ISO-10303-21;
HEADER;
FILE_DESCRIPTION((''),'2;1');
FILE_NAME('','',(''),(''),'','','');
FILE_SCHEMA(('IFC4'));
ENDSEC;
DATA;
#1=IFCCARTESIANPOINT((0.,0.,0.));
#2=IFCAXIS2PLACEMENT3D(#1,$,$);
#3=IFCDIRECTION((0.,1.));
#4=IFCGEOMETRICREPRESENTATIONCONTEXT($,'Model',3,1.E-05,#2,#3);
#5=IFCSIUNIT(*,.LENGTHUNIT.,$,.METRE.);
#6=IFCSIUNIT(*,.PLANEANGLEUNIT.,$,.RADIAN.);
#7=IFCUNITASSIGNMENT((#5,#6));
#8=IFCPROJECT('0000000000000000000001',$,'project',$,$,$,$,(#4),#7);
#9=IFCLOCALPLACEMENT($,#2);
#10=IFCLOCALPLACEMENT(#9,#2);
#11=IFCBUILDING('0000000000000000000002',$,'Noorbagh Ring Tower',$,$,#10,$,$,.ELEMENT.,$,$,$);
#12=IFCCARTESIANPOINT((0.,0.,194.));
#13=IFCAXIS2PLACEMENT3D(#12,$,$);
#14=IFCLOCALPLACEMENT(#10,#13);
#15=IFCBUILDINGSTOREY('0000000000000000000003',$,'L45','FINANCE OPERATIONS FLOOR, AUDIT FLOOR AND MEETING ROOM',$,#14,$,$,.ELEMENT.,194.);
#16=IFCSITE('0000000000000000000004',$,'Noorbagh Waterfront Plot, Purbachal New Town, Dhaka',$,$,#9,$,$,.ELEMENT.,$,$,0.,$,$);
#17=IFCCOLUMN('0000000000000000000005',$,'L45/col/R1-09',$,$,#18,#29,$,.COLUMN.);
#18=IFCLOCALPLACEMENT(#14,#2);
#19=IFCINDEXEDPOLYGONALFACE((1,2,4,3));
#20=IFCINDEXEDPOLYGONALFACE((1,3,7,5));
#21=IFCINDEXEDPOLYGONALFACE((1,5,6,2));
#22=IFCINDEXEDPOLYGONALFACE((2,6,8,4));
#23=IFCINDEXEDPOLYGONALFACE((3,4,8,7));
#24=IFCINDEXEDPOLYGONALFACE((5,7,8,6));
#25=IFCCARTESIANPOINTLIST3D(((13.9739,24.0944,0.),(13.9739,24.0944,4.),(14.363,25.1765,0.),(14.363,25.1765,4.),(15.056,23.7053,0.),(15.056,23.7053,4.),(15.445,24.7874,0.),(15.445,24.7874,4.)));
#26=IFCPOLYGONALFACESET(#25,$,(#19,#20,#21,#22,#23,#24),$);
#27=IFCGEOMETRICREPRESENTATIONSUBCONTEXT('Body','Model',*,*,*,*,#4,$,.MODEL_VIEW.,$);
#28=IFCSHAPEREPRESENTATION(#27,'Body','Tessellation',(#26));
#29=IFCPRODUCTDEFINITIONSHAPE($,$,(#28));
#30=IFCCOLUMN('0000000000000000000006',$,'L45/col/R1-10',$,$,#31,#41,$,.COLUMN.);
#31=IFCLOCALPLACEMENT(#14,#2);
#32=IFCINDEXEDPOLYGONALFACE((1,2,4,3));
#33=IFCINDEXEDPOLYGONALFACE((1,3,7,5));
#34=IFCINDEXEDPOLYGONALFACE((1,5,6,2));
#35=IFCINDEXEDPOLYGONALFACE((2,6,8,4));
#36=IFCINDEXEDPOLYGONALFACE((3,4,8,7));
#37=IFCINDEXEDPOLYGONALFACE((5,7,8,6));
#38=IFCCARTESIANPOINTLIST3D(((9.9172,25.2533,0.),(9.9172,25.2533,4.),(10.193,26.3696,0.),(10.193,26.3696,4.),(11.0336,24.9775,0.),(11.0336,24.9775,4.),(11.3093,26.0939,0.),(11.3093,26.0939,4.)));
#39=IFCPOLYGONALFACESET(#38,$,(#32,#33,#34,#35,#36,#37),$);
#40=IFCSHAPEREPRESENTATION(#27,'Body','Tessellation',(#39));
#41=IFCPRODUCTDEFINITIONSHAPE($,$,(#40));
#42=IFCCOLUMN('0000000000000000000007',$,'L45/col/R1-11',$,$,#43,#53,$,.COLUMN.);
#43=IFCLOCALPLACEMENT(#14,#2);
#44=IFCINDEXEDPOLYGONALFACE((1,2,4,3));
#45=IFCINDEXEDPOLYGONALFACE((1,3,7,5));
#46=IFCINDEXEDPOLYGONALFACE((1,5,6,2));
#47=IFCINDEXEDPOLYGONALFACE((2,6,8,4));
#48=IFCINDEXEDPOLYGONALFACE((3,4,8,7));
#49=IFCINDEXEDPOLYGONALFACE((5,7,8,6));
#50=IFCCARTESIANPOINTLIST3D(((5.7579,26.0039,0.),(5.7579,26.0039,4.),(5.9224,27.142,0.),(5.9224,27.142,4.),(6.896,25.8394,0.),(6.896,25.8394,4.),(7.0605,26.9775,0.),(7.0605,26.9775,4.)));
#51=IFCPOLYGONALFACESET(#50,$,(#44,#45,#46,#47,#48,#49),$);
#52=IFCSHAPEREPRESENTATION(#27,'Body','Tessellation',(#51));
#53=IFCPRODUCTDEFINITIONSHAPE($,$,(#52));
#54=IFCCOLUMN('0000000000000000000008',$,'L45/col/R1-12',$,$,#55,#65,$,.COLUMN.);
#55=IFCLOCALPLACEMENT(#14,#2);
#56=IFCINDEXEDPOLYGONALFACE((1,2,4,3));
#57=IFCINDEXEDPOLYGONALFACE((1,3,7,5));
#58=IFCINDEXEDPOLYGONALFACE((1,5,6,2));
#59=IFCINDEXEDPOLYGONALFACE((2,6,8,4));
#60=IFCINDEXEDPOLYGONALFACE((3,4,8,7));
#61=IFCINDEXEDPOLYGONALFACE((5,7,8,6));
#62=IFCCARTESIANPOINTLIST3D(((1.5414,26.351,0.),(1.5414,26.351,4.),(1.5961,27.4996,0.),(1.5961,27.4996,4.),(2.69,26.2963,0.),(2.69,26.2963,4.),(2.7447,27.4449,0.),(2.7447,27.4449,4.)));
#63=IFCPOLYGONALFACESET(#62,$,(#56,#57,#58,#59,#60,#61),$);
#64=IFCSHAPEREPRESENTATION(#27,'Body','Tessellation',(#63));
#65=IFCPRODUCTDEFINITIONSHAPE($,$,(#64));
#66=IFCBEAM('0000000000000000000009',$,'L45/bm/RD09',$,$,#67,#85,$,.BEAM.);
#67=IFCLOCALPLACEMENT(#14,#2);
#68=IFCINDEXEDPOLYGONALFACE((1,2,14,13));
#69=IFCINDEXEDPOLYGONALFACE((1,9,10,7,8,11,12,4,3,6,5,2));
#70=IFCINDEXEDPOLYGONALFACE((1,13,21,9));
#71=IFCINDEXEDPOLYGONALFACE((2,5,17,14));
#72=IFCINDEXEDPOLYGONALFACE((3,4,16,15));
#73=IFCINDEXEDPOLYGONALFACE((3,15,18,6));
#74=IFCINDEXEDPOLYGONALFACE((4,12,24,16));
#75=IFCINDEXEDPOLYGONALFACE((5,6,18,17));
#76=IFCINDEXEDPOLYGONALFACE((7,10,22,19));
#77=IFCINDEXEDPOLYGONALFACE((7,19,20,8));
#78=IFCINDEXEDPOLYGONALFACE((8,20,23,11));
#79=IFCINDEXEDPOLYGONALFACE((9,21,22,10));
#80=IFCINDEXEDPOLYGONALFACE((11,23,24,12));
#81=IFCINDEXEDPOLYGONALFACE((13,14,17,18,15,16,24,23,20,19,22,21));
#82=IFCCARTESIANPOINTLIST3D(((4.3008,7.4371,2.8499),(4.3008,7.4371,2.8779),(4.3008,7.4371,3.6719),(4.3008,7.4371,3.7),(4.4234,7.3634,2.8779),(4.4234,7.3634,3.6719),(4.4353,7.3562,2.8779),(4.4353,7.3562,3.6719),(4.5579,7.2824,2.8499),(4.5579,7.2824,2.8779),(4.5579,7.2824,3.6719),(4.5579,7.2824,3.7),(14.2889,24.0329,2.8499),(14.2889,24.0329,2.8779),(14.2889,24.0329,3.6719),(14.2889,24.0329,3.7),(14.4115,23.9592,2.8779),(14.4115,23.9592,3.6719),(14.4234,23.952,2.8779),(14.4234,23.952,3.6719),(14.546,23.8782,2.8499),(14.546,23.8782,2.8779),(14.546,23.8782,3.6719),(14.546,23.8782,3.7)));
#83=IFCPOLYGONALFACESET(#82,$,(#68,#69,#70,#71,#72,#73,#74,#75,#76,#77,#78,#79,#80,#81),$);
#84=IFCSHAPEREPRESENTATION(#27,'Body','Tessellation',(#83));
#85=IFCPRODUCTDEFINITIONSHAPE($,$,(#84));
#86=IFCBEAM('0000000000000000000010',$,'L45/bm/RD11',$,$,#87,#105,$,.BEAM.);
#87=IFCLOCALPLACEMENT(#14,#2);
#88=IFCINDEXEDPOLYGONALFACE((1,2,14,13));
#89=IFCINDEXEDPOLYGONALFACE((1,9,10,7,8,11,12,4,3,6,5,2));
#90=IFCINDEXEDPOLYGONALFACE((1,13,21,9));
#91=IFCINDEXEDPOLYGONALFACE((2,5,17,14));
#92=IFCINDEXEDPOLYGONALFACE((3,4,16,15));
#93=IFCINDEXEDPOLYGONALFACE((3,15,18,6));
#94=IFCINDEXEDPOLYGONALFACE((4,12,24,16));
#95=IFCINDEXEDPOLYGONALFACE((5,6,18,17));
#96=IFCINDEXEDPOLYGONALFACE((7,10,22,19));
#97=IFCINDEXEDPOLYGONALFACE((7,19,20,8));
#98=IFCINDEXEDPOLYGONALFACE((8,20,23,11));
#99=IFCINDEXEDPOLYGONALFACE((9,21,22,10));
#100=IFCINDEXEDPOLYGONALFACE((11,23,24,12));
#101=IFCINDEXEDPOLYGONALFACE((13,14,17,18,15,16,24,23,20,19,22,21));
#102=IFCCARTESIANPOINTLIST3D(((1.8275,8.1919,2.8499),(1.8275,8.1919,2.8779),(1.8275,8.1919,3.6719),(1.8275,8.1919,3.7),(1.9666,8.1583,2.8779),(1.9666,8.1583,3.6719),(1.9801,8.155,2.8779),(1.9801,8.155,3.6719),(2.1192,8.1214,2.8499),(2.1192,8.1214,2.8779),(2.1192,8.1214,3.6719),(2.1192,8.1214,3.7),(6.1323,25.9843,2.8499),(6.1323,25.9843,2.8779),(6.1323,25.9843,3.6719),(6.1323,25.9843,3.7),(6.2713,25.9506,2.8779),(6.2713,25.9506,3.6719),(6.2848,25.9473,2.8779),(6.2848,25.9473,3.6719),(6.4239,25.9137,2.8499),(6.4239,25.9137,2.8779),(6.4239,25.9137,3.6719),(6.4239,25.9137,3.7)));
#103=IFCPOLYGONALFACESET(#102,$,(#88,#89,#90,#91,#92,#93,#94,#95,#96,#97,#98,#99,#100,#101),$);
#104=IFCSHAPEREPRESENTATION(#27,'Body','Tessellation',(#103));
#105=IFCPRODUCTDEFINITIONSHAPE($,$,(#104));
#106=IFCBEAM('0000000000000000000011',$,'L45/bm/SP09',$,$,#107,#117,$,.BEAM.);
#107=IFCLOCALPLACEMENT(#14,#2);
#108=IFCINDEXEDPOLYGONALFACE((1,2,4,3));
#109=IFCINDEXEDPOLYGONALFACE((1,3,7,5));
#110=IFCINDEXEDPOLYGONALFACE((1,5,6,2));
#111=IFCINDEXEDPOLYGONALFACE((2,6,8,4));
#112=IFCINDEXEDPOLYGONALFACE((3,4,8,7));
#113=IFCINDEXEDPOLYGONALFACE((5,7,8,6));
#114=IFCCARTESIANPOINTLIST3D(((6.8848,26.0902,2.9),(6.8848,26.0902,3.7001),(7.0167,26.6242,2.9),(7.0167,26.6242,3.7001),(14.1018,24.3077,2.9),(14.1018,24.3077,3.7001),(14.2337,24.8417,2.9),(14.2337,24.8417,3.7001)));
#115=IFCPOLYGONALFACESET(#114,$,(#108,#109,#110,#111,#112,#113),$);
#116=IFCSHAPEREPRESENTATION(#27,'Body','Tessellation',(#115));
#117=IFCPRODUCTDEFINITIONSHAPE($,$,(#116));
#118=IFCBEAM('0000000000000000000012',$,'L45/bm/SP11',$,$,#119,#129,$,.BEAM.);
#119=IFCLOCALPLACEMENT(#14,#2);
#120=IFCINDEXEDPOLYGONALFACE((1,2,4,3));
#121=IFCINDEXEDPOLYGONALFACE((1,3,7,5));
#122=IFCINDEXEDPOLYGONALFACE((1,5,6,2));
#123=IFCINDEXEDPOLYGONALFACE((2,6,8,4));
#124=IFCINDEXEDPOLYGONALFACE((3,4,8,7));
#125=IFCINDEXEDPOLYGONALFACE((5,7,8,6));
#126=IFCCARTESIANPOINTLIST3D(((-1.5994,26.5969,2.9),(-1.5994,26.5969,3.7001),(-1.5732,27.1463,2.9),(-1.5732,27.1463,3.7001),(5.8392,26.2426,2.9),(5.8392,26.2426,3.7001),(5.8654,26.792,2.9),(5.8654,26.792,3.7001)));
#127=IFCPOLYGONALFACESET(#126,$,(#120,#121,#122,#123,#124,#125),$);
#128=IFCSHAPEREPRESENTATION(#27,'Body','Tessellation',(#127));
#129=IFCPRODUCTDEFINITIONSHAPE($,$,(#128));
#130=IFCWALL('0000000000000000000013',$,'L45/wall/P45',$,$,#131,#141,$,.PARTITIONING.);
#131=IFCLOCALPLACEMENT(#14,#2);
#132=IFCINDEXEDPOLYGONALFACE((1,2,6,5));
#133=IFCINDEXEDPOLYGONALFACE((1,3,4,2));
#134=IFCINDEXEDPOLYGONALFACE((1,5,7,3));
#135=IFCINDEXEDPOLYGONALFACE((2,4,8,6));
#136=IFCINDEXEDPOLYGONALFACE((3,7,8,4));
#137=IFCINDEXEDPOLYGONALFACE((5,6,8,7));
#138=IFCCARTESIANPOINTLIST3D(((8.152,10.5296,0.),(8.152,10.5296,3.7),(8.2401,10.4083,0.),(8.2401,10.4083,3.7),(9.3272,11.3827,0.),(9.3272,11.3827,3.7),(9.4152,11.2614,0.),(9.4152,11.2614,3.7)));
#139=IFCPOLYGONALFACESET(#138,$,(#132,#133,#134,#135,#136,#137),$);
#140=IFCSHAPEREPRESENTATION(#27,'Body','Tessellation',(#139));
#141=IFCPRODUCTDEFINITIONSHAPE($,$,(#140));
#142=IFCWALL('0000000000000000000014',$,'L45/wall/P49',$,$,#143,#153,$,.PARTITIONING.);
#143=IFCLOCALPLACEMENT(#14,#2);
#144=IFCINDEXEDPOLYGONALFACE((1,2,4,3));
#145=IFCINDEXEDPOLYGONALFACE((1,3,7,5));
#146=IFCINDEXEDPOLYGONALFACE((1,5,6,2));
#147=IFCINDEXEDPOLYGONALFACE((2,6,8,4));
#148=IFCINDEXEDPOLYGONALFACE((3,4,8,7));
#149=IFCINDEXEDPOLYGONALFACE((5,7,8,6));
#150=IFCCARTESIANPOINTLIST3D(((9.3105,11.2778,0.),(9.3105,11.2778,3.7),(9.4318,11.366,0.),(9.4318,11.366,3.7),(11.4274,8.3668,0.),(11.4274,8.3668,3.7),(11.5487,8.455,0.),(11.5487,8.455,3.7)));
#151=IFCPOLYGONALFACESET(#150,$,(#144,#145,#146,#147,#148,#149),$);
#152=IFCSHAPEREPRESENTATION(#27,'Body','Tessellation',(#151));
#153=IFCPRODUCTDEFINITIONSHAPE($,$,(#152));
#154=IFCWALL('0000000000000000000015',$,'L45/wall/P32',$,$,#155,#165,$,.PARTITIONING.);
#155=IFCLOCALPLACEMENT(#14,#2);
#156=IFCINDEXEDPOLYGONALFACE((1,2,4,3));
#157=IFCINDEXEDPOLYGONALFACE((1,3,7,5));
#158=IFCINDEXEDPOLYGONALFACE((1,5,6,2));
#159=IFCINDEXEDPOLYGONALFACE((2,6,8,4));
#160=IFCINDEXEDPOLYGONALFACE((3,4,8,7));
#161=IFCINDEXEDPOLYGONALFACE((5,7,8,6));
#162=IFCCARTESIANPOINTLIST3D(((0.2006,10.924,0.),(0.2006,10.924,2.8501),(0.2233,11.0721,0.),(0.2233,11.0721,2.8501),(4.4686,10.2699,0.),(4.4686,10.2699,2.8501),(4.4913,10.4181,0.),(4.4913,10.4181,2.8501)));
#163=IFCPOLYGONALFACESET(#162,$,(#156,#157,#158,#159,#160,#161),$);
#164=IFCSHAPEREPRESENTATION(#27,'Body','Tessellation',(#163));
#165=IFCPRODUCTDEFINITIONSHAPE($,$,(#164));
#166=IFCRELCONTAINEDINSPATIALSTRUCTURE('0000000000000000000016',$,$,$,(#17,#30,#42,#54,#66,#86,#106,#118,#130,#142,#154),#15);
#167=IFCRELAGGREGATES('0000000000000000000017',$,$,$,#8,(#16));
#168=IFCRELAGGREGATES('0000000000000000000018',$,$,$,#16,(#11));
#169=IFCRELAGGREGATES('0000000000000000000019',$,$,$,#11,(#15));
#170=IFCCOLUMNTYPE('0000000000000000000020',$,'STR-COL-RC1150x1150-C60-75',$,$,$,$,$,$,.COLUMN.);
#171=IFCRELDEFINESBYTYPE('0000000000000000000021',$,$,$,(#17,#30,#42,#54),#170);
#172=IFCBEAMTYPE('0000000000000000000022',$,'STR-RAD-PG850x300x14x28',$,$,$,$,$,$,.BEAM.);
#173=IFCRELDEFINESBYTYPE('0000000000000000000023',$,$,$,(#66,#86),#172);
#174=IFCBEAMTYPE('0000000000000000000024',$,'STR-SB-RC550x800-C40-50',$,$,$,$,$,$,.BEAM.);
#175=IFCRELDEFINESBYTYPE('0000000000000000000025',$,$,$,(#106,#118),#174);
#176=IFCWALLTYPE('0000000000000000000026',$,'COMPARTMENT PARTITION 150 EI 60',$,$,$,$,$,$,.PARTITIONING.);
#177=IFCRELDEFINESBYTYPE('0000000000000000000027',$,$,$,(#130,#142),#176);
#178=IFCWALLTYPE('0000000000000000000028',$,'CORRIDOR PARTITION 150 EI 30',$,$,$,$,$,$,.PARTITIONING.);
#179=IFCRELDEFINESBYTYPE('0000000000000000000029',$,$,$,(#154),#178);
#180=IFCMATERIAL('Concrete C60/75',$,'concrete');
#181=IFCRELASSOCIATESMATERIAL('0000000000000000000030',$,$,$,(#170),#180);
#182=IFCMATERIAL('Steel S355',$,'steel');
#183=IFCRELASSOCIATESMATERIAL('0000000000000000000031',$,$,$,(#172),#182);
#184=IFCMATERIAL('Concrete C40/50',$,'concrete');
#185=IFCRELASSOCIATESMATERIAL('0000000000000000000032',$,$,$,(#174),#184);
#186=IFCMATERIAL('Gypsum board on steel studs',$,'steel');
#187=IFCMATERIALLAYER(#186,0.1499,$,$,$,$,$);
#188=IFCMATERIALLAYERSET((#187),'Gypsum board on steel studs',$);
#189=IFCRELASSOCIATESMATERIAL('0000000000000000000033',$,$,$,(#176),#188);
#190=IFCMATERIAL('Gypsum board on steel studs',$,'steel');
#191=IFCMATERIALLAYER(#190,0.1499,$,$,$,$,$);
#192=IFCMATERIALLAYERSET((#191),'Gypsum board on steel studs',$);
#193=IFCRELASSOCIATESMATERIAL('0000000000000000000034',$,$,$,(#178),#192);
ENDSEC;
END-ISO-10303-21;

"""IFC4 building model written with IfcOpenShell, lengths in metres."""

from ifc_helpers import new_model, si_unit, direction, frame, frame_2d, origin, origin_2d, place, context, subcontext, project, spatial, rectangle, i_section, extrude, material, layer, layer_set, material_profile, profile_set, type_object, element, save


model = new_model("IFC4")

# Units and contexts
model_context = context("Model", 3, precision=1e-05, world=origin(), true_north=direction((0.0, 1.0)))
body_context = subcontext(model_context, "Body", "Model", "MODEL_VIEW")
ifc_project = project(units=[si_unit("LENGTHUNIT", "METRE"), si_unit("PLANEANGLEUNIT", "RADIAN")], contexts=[model_context])

# Site, building, storey
site_placement = place(None, origin())
site = spatial("IfcSite", under=ifc_project, at=site_placement, Name="Noorbagh Waterfront Plot, Purbachal New Town, Dhaka", CompositionType="ELEMENT", RefElevation=0.0)
building_placement = place(site_placement, origin())
building = spatial("IfcBuilding", under=site, at=building_placement, Name="Noorbagh Ring Tower", CompositionType="ELEMENT")
storey_placement = place(building_placement, frame((0.0, 0.0, 194.0)))
storey = spatial("IfcBuildingStorey", under=building, at=storey_placement, Name="L45", Description="FINANCE OPERATIONS FLOOR, AUDIT FLOOR AND MEETING ROOM", CompositionType="ELEMENT", Elevation=194.0)

# Columns
ifc_material_1 = material(Name="Concrete C60/75", Category="concrete")
ifc_material_profile_1 = material_profile(ifc_material_1, rectangle(XDim=1.1499, YDim=1.1499, at=origin_2d()), Name="RC1150x1150")
ifc_profile_set_1 = profile_set([ifc_material_profile_1], Name="Concrete C60/75")
column_type = type_object("IfcColumnType", Name="STR-COL-RC1150x1150-C60-75", PredefinedType="COLUMN", material=ifc_profile_set_1)
for number, where, z_axis, x_axis, name in (
    (1, (14.7095, 24.4409, 0.0), (0.0, 0.0, 1.0), (-0.941025, 0.338338, 0.0), "L45/col/R1-09"),
    (2, (10.6133, 25.6736, 0.0), (0.0, 0.0, 1.0), (-0.970829, 0.239771, 0.0), "L45/col/R1-10"),
    (3, (6.4092, 26.4907, 0.0), (0.0, 0.0, 1.0), (-0.989713, 0.143066, 0.0), "L45/col/R1-11"),
    (4, (2.1431, 26.8979, 0.0), (0.0, 0.0, 1.0), (-0.998869, 0.047553, 0.0), "L45/col/R1-12"),
):
    element("IfcColumn", number, at=place(storey_placement, frame(where, z_axis=z_axis, x_axis=x_axis)), inside=storey, type_object=column_type, Name=name, PredefinedType="COLUMN", context=body_context, shape_type="SweptSolid", body=[
        extrude(rectangle(XDim=1.1499, YDim=1.1499, at=origin_2d()), origin(), (0.0, 0.0, 1.0), 4.0),
    ])

# Beams
ifc_material_2 = material(Name="Steel S355", Category="steel")
ifc_material_profile_2 = material_profile(ifc_material_2, i_section(OverallWidth=0.3, OverallDepth=0.8501, WebThickness=0.0139, FlangeThickness=0.0281, at=origin_2d()), Name="PG850x300x14x28")
ifc_profile_set_2 = profile_set([ifc_material_profile_2], Name="Steel S355")
beam_type_1 = type_object("IfcBeamType", Name="STR-RAD-PG850x300x14x28", PredefinedType="BEAM", material=ifc_profile_set_2)
beam_1_placement = place(storey_placement, frame((14.4175, 23.9556, 3.2749), z_axis=(-0.515657, -0.856795, 0.0), x_axis=(0.856795, -0.515657, 0.0)))
element("IfcBeam", 5, at=beam_1_placement, inside=storey, type_object=beam_type_1, Name="L45/bm/RD09", PredefinedType="BEAM", context=body_context, shape_type="SweptSolid", body=[
    extrude(i_section(OverallWidth=0.3, OverallDepth=0.8501, WebThickness=0.0139, FlangeThickness=0.0281, at=origin_2d()), origin(), (0.0, 0.0, 1.0), 19.3696),
])
beam_2_placement = place(storey_placement, frame((6.2781, 25.949, 3.2749), z_axis=(-0.235157, -0.971957, 0.0), x_axis=(0.971957, -0.235157, 0.0)))
element("IfcBeam", 6, at=beam_2_placement, inside=storey, type_object=beam_type_1, Name="L45/bm/RD11", PredefinedType="BEAM", context=body_context, shape_type="SweptSolid", body=[
    extrude(i_section(OverallWidth=0.3, OverallDepth=0.8501, WebThickness=0.0139, FlangeThickness=0.0281, at=origin_2d()), origin(), (0.0, 0.0, 1.0), 18.3057),
])
ifc_material_3 = material(Name="Concrete C40/50", Category="concrete")
ifc_material_profile_3 = material_profile(ifc_material_3, rectangle(XDim=0.55, YDim=0.8, at=origin_2d()), Name="RC550x800")
ifc_profile_set_3 = profile_set([ifc_material_profile_3], Name="Concrete C40/50")
beam_type_2 = type_object("IfcBeamType", Name="STR-SB-RC550x800-C40-50", PredefinedType="BEAM", material=ifc_profile_set_3)
beam_3_placement = place(storey_placement, frame((14.1677, 24.5747, 3.3), z_axis=(-0.970828, 0.239776, 0.0), x_axis=(-0.239776, -0.970828, 0.0)))
element("IfcBeam", 7, at=beam_3_placement, inside=storey, type_object=beam_type_2, Name="L45/bm/SP09", PredefinedType="BEAM", context=body_context, shape_type="SweptSolid", body=[
    extrude(rectangle(XDim=0.55, YDim=0.8, at=origin_2d()), origin(), (0.0, 0.0, 1.0), 7.4338),
])
beam_4_placement = place(storey_placement, frame((5.8523, 26.5173, 3.3), z_axis=(-0.998868, 0.04757, 0.0), x_axis=(-0.04757, -0.998868, 0.0)))
element("IfcBeam", 8, at=beam_4_placement, inside=storey, type_object=beam_type_2, Name="L45/bm/SP11", PredefinedType="BEAM", context=body_context, shape_type="SweptSolid", body=[
    extrude(rectangle(XDim=0.55, YDim=0.8, at=origin_2d()), origin(), (0.0, 0.0, 1.0), 7.447),
])

# Walls
ifc_material_4 = material(Name="Gypsum board on steel studs", Category="steel")
ifc_layer_1 = layer(ifc_material_4, 0.1499)
ifc_layer_set_1 = layer_set([ifc_layer_1], Name="Gypsum board on steel studs")
wall_type_1 = type_object("IfcWallType", Name="COMPARTMENT PARTITION 150 EI 60", PredefinedType="PARTITIONING", material=ifc_layer_set_1)
wall_1_placement = place(storey_placement, frame((8.196, 10.469, 0.0), z_axis=(0.0, 0.0, 1.0), x_axis=(0.809245, 0.587472, 0.0)))
element("IfcWall", 9, at=wall_1_placement, inside=storey, type_object=wall_type_1, Name="L45/wall/P45", PredefinedType="PARTITIONING", context=body_context, shape_type="SweptSolid", body=[
    extrude(rectangle(XDim=1.4521, YDim=0.1499, at=frame_2d((0.7261, 0.0))), origin(), (0.0, 0.0, 1.0), 3.7),
])
wall_2_placement = place(storey_placement, frame((9.3711, 11.322, 0.0), z_axis=(0.0, 0.0, 1.0), x_axis=(0.588127, -0.808768, 0.0)))
element("IfcWall", 10, at=wall_2_placement, inside=storey, type_object=wall_type_1, Name="L45/wall/P49", PredefinedType="PARTITIONING", context=body_context, shape_type="SweptSolid", body=[
    extrude(rectangle(XDim=3.5994, YDim=0.1499, at=frame_2d((1.7998, 0.0))), origin(), (0.0, 0.0, 1.0), 3.7),
])
ifc_material_5 = material(Name="Gypsum board on steel studs", Category="steel")
ifc_layer_2 = layer(ifc_material_5, 0.1499)
ifc_layer_set_2 = layer_set([ifc_layer_2], Name="Gypsum board on steel studs")
wall_type_2 = type_object("IfcWallType", Name="CORRIDOR PARTITION 150 EI 30", PredefinedType="PARTITIONING", material=ifc_layer_set_2)
wall_3_placement = place(storey_placement, frame((0.2119, 10.998, 0.0), z_axis=(0.0, 0.0, 1.0), x_axis=(0.988461, -0.151475, 0.0)))
element("IfcWall", 11, at=wall_3_placement, inside=storey, type_object=wall_type_2, Name="L45/wall/P32", PredefinedType="PARTITIONING", context=body_context, shape_type="SweptSolid", body=[
    extrude(rectangle(XDim=4.3179, YDim=0.1499, at=frame_2d((2.1589, 0.0))), origin(), (0.0, 0.0, 1.0), 2.8501),
])

save(model, "model.ifc")
